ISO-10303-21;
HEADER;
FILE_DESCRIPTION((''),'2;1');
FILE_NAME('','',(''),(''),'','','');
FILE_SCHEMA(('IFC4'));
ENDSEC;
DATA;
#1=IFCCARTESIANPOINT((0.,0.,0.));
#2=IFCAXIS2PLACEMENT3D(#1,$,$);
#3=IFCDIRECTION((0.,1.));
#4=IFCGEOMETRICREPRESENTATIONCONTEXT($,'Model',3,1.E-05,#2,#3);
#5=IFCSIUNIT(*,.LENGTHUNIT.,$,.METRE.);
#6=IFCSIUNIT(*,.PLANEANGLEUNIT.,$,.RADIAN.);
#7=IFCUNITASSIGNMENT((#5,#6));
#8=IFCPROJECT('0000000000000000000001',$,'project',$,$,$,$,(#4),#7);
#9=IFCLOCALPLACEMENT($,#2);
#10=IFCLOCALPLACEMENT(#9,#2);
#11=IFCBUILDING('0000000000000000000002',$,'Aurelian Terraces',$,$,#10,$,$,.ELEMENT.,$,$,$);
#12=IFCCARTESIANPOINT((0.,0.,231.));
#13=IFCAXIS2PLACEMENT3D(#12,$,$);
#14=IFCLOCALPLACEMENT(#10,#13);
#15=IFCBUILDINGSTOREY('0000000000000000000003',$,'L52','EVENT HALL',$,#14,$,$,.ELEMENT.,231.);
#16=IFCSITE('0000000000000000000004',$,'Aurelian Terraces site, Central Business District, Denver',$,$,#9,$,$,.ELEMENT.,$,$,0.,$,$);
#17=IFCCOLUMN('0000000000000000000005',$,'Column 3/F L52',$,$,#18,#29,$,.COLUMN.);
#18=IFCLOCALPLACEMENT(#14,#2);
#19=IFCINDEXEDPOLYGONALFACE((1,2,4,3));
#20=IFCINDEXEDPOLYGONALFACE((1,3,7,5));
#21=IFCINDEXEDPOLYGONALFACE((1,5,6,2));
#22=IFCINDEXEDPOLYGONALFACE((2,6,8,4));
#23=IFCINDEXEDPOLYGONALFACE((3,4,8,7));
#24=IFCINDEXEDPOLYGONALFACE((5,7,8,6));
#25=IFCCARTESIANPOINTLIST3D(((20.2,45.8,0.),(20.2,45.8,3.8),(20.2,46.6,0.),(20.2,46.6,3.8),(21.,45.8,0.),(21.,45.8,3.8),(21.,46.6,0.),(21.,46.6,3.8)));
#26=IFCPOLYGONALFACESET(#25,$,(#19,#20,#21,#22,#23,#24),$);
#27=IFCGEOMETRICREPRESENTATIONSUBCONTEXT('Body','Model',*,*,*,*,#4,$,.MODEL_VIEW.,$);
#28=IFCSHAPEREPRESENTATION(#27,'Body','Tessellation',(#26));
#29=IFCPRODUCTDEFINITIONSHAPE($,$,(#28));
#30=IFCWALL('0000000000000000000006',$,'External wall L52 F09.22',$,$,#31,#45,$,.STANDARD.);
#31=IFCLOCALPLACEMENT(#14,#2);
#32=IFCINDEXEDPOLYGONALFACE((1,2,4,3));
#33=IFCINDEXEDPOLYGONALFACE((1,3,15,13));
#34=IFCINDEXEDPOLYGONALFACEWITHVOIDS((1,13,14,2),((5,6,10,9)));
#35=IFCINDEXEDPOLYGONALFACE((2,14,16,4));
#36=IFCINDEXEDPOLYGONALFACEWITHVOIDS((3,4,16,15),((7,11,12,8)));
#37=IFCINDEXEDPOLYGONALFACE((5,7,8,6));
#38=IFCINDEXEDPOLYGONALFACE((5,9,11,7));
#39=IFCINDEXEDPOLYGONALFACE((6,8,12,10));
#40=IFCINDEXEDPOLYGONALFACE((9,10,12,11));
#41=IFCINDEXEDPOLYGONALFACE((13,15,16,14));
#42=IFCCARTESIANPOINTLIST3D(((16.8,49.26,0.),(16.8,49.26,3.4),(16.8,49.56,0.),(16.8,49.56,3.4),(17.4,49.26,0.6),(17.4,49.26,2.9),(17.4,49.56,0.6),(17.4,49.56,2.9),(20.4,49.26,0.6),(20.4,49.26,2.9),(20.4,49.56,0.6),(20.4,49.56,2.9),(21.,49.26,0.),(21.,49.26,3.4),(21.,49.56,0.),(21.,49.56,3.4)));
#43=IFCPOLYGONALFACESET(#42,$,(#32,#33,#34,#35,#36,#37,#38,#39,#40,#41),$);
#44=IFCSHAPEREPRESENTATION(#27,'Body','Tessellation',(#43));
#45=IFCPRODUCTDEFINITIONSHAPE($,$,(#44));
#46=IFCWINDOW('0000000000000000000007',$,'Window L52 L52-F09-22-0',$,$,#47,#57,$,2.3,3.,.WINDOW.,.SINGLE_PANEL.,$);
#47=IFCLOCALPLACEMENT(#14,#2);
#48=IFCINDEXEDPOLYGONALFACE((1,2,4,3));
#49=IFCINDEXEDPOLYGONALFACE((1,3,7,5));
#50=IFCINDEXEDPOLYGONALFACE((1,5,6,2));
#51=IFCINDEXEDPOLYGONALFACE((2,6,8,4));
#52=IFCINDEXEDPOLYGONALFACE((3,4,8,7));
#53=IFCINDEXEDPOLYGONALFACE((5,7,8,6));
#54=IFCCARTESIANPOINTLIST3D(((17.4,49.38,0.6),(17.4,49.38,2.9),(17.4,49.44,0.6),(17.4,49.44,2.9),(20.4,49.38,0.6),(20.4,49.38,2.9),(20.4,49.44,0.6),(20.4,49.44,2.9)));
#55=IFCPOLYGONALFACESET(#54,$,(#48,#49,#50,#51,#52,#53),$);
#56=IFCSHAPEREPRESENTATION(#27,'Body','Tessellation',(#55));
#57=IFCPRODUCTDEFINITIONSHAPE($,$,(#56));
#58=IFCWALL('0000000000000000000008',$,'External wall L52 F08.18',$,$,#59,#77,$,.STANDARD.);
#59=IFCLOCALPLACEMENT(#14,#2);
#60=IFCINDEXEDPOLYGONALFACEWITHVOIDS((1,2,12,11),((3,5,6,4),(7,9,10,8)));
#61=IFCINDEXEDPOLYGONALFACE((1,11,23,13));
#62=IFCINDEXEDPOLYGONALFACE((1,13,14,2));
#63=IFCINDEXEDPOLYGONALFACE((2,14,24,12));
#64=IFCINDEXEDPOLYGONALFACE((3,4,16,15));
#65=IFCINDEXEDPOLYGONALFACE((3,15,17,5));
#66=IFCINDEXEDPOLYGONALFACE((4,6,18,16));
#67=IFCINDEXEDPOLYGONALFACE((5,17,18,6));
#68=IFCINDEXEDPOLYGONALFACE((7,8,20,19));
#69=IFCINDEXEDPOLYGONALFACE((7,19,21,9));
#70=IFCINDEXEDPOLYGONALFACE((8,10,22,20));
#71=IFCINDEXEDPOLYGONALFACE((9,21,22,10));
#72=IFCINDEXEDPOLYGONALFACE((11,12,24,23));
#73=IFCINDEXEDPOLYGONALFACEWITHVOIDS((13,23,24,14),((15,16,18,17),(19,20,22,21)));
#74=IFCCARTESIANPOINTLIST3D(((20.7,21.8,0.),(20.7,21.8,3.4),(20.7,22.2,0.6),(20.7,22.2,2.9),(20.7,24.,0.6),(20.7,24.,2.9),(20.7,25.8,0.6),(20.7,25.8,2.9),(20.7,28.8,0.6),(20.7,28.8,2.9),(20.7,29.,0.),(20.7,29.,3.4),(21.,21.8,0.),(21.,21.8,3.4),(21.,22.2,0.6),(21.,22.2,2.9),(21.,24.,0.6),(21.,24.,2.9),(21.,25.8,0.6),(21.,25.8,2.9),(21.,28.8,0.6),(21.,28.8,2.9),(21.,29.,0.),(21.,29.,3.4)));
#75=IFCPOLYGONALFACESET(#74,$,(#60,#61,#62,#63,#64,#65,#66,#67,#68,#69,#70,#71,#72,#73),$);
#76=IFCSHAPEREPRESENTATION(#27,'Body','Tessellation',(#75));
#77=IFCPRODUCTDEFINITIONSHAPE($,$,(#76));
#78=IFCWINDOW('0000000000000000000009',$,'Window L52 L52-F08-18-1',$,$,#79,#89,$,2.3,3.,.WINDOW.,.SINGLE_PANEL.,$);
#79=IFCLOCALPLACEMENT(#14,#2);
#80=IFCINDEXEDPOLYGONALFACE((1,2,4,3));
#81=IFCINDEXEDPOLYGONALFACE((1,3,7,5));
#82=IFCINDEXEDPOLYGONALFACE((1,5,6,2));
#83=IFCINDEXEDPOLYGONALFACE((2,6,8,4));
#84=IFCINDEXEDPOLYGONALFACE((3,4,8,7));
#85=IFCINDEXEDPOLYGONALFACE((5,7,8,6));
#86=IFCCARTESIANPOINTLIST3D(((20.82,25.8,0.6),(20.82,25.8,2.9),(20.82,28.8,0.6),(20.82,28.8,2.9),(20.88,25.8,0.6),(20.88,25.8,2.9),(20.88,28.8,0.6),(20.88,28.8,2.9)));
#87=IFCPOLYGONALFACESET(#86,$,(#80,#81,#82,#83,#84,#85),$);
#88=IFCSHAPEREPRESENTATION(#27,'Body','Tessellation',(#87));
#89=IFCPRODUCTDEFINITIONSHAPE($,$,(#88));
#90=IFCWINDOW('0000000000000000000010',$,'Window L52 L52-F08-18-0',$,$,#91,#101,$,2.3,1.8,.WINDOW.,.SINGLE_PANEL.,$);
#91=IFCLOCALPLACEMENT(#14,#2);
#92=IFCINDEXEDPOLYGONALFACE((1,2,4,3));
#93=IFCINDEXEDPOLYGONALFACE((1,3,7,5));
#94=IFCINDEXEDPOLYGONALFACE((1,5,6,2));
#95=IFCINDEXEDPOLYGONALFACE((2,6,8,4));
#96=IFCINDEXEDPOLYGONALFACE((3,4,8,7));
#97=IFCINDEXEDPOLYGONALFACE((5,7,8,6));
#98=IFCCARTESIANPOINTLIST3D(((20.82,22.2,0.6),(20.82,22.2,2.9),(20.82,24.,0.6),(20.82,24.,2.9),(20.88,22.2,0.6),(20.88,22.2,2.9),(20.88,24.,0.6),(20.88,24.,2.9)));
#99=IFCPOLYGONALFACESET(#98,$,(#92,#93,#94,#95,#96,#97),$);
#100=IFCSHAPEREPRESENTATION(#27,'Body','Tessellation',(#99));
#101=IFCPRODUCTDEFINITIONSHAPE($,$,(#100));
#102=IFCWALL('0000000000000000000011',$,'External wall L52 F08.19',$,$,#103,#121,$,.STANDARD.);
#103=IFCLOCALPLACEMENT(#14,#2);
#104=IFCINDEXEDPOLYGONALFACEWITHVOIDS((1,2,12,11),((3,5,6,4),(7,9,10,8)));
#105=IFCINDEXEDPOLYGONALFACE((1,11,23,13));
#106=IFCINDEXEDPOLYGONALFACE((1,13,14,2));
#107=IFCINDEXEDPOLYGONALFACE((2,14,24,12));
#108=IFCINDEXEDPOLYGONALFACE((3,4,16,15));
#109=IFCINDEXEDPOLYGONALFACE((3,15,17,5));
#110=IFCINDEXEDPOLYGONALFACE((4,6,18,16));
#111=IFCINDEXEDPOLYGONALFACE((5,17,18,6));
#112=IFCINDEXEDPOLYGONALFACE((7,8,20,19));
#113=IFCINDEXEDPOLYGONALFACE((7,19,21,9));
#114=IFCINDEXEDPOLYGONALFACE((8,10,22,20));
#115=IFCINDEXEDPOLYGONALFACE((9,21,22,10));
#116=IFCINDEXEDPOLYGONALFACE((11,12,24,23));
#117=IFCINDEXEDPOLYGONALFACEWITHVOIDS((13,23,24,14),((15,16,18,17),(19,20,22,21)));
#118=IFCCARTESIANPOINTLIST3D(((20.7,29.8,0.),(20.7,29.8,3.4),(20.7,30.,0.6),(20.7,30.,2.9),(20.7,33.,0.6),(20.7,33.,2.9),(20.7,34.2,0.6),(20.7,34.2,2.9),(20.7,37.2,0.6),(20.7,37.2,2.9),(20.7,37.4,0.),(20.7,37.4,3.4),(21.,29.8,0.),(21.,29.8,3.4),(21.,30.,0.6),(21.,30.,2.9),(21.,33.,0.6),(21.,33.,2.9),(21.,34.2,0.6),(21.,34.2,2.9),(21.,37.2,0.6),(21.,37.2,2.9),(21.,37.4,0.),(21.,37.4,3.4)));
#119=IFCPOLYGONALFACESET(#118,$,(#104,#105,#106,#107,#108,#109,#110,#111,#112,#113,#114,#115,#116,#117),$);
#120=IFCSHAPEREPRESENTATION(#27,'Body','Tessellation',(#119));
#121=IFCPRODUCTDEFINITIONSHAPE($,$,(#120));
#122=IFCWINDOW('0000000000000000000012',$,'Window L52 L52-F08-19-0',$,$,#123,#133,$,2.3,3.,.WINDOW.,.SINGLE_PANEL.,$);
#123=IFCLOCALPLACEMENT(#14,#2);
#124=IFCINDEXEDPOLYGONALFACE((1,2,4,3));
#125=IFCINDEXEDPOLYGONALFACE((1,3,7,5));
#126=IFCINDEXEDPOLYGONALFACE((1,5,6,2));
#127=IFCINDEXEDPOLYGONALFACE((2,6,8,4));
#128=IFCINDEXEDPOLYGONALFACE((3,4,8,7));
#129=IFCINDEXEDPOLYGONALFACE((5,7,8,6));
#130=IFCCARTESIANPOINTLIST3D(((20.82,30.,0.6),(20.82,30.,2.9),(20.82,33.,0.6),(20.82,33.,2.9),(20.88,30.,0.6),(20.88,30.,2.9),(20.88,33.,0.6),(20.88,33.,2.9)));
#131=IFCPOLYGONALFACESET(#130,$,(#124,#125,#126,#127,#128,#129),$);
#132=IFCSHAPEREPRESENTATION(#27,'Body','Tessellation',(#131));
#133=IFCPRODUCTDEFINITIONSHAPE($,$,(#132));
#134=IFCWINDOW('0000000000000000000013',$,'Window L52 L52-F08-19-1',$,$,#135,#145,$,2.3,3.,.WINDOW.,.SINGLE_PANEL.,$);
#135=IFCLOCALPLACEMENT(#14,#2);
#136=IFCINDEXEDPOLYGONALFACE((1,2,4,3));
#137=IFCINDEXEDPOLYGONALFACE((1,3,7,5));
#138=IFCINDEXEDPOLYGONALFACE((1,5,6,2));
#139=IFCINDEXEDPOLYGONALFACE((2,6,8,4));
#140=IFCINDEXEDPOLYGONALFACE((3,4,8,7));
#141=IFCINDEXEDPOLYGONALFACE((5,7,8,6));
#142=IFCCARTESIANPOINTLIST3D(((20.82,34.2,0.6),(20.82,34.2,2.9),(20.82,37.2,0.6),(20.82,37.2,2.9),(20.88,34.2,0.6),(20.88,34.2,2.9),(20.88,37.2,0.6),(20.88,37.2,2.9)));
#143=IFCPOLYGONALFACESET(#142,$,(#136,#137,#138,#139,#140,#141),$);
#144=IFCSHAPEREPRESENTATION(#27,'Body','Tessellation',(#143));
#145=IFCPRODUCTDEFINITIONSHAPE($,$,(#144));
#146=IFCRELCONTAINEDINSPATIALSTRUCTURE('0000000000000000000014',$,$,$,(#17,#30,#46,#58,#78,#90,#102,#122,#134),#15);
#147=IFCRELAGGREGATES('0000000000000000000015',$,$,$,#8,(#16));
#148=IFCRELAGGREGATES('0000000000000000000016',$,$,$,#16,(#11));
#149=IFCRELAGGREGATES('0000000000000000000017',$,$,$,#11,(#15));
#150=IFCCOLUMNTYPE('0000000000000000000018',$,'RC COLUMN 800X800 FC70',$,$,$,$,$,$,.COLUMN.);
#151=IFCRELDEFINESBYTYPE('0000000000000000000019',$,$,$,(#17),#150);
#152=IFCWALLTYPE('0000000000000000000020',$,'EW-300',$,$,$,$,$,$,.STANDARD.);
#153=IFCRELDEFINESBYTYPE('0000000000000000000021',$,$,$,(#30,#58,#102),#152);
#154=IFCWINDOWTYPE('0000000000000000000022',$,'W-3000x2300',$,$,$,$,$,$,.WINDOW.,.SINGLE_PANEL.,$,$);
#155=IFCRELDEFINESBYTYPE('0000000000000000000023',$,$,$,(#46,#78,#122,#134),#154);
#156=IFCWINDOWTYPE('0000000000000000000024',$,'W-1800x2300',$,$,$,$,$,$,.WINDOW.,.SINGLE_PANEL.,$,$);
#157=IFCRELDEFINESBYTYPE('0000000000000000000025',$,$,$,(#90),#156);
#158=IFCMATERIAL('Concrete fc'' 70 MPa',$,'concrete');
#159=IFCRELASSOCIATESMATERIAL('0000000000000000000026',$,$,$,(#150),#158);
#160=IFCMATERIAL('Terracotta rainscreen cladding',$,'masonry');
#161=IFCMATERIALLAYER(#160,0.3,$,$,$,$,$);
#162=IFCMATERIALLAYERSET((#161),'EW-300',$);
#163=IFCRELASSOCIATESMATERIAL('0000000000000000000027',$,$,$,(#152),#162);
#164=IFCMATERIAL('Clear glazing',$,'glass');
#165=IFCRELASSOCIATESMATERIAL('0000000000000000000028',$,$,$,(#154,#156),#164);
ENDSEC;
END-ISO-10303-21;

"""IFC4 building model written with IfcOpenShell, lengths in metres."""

from ifc_helpers import new_model, si_unit, direction, frame, frame_2d, origin, origin_2d, place, context, subcontext, project, spatial, rectangle, extrude, source, transform, mapped, material, layer, layer_set, material_profile, profile_set, type_object, element, fill, save


model = new_model("IFC4")

# Units and contexts
model_context = context("Model", 3, precision=1e-05, world=origin(), true_north=direction((0.0, 1.0)))
body_context = subcontext(model_context, "Body", "Model", "MODEL_VIEW")
ifc_project = project(units=[si_unit("LENGTHUNIT", "METRE"), si_unit("PLANEANGLEUNIT", "RADIAN")], contexts=[model_context])

# Site, building, storey
site_placement = place(None, origin())
site = spatial("IfcSite", under=ifc_project, at=site_placement, Name="Aurelian Terraces site, Central Business District, Denver", CompositionType="ELEMENT", RefElevation=0.0)
building_placement = place(site_placement, origin())
building = spatial("IfcBuilding", under=site, at=building_placement, Name="Aurelian Terraces", CompositionType="ELEMENT")
storey_placement = place(building_placement, frame((0.0, 0.0, 231.0)))
storey = spatial("IfcBuildingStorey", under=building, at=storey_placement, Name="L52", Description="EVENT HALL", CompositionType="ELEMENT", Elevation=231.0)

# Column
ifc_material_1 = material(Name="Concrete fc' 70 MPa", Category="concrete")
ifc_material_profile = material_profile(ifc_material_1, rectangle(XDim=0.8, YDim=0.8, at=origin_2d()))
ifc_profile_set = profile_set([ifc_material_profile], Name="Concrete fc' 70 MPa")
column_type = type_object("IfcColumnType", Name="RC COLUMN 800X800 FC70", PredefinedType="COLUMN", material=ifc_profile_set)
shared_shape_1 = source(origin(), body_context, "Body", "SweptSolid", [
    extrude(rectangle(XDim=0.8, YDim=0.8, at=origin_2d()), origin(), (0.0, 0.0, 1.0), 3.8),
])
column_placement = place(storey_placement, frame((20.6, 46.2, 0.0), z_axis=(0.0, 0.0, 1.0), x_axis=(1.0, 0.0, 0.0)))
element("IfcColumn", 1, at=column_placement, inside=storey, type_object=column_type, Name="Column 3/F L52", PredefinedType="COLUMN", context=body_context, shape_type="MappedRepresentation", body=[
    mapped(shared_shape_1, transform((0.0, 0.0, 0.0), scale=1.0)),
])

# Wall, opening, window
ifc_material_2 = material(Name="Terracotta rainscreen cladding", Category="masonry")
ifc_layer_1 = layer(ifc_material_2, 0.3)
ifc_layer_set_1 = layer_set([ifc_layer_1], Name="EW-300")
wall_type_1 = type_object("IfcWallType", Name="EW-300", PredefinedType="STANDARD", material=ifc_layer_set_1)
shared_shape_2 = source(origin(), body_context, "Body", "SweptSolid", [
    extrude(rectangle(XDim=4.2, YDim=0.3, at=frame_2d((2.1, 0.0))), origin(), (0.0, 0.0, 1.0), 3.4),
])
wall_1_placement = place(storey_placement, frame((21.0, 49.41, 0.0), z_axis=(0.0, 0.0, 1.0), x_axis=(-1.0, 0.0, 0.0)))
wall_1 = element("IfcWall", 2, at=wall_1_placement, inside=storey, type_object=wall_type_1, Name="External wall L52 F09.22", PredefinedType="STANDARD", context=body_context, shape_type="MappedRepresentation", body=[
    mapped(shared_shape_2, transform((0.0, 0.0, 0.0), scale=1.0)),
])
shared_shape_3 = source(origin(), body_context, "Body", "SweptSolid", [
    extrude(rectangle(XDim=3.0, YDim=2.3, at=frame_2d((1.5, 1.15))), frame((0.0, 0.16, 0.0), z_axis=(0.0, -1.0, 0.0), x_axis=(1.0, 0.0, 0.0)), (0.0, 0.0, 1.0), 0.32),
])
opening_1_placement = place(wall_1_placement, frame((0.6, 0.0, 0.6)))
opening_1 = element("IfcOpeningElement", 3, at=opening_1_placement, cuts=wall_1, PredefinedType="OPENING", context=body_context, shape_type="MappedRepresentation", body=[
    mapped(shared_shape_3, transform((0.0, 0.0, 0.0), scale=1.0)),
])
ifc_material_3 = material(Name="Clear glazing", Category="glass")
window_type_1 = type_object("IfcWindowType", Name="W-3000x2300", PartitioningType="SINGLE_PANEL", PredefinedType="WINDOW", material=ifc_material_3)
shared_shape_4 = source(origin(), body_context, "Body", "SweptSolid", [
    extrude(rectangle(XDim=3.0, YDim=2.3, at=frame_2d((1.5, 1.15))), frame((0.0, 0.03, 0.0), z_axis=(0.0, -1.0, 0.0), x_axis=(1.0, 0.0, 0.0)), (0.0, 0.0, 1.0), 0.06),
])
window_1_placement = place(opening_1_placement, origin())
window_1 = element("IfcWindow", 4, at=window_1_placement, inside=storey, type_object=window_type_1, Name="Window L52 L52-F09-22-0", OverallHeight=2.3, OverallWidth=3.0, PartitioningType="SINGLE_PANEL", PredefinedType="WINDOW", context=body_context, shape_type="MappedRepresentation", body=[
    mapped(shared_shape_4, transform((0.0, 0.0, 0.0), scale=1.0)),
])
fill(opening_1, window_1)

# Walls, openings, windows
shared_shape_5 = source(origin(), body_context, "Body", "SweptSolid", [
    extrude(rectangle(XDim=7.2, YDim=0.3, at=frame_2d((3.6, 0.0))), origin(), (0.0, 0.0, 1.0), 3.4),
])
wall_2_placement = place(storey_placement, frame((20.85, 21.8, 0.0), z_axis=(0.0, 0.0, 1.0), x_axis=(0.0, 1.0, 0.0)))
wall_2 = element("IfcWall", 5, at=wall_2_placement, inside=storey, type_object=wall_type_1, Name="External wall L52 F08.18", PredefinedType="STANDARD", context=body_context, shape_type="MappedRepresentation", body=[
    mapped(shared_shape_5, transform((0.0, 0.0, 0.0), scale=1.0)),
])
shared_shape_6 = source(origin(), body_context, "Body", "SweptSolid", [
    extrude(rectangle(XDim=1.8, YDim=2.3, at=frame_2d((0.9, 1.15))), frame((0.0, 0.16, 0.0), z_axis=(0.0, -1.0, 0.0), x_axis=(1.0, 0.0, 0.0)), (0.0, 0.0, 1.0), 0.32),
])
opening_2_placement = place(wall_2_placement, frame((0.4, 0.0, 0.6)))
opening_2 = element("IfcOpeningElement", 6, at=opening_2_placement, cuts=wall_2, PredefinedType="OPENING", context=body_context, shape_type="MappedRepresentation", body=[
    mapped(shared_shape_6, transform((0.0, 0.0, 0.0), scale=1.0)),
])
opening_3_placement = place(wall_2_placement, frame((4.0, 0.0, 0.6)))
opening_3 = element("IfcOpeningElement", 7, at=opening_3_placement, cuts=wall_2, PredefinedType="OPENING", context=body_context, shape_type="MappedRepresentation", body=[
    mapped(shared_shape_3, transform((0.0, 0.0, 0.0), scale=1.0)),
])
window_2_placement = place(opening_3_placement, origin())
window_2 = element("IfcWindow", 8, at=window_2_placement, inside=storey, type_object=window_type_1, Name="Window L52 L52-F08-18-1", OverallHeight=2.3, OverallWidth=3.0, PartitioningType="SINGLE_PANEL", PredefinedType="WINDOW", context=body_context, shape_type="MappedRepresentation", body=[
    mapped(shared_shape_4, transform((0.0, 0.0, 0.0), scale=1.0)),
])
fill(opening_3, window_2)
window_type_2 = type_object("IfcWindowType", Name="W-1800x2300", PartitioningType="SINGLE_PANEL", PredefinedType="WINDOW", material=ifc_material_3)
shared_shape_7 = source(origin(), body_context, "Body", "SweptSolid", [
    extrude(rectangle(XDim=1.8, YDim=2.3, at=frame_2d((0.9, 1.15))), frame((0.0, 0.03, 0.0), z_axis=(0.0, -1.0, 0.0), x_axis=(1.0, 0.0, 0.0)), (0.0, 0.0, 1.0), 0.06),
])
window_3_placement = place(opening_2_placement, origin())
window_3 = element("IfcWindow", 9, at=window_3_placement, inside=storey, type_object=window_type_2, Name="Window L52 L52-F08-18-0", OverallHeight=2.3, OverallWidth=1.8, PartitioningType="SINGLE_PANEL", PredefinedType="WINDOW", context=body_context, shape_type="MappedRepresentation", body=[
    mapped(shared_shape_7, transform((0.0, 0.0, 0.0), scale=1.0)),
])
fill(opening_2, window_3)
shared_shape_8 = source(origin(), body_context, "Body", "SweptSolid", [
    extrude(rectangle(XDim=7.6, YDim=0.3, at=frame_2d((3.8, 0.0))), origin(), (0.0, 0.0, 1.0), 3.4),
])
wall_3_placement = place(storey_placement, frame((20.85, 29.8, 0.0), z_axis=(0.0, 0.0, 1.0), x_axis=(0.0, 1.0, 0.0)))
wall_3 = element("IfcWall", 10, at=wall_3_placement, inside=storey, type_object=wall_type_1, Name="External wall L52 F08.19", PredefinedType="STANDARD", context=body_context, shape_type="MappedRepresentation", body=[
    mapped(shared_shape_8, transform((0.0, 0.0, 0.0), scale=1.0)),
])
opening_4_placement = place(wall_3_placement, frame((0.2, 0.0, 0.6)))
opening_4 = element("IfcOpeningElement", 11, at=opening_4_placement, cuts=wall_3, PredefinedType="OPENING", context=body_context, shape_type="MappedRepresentation", body=[
    mapped(shared_shape_3, transform((0.0, 0.0, 0.0), scale=1.0)),
])
opening_5_placement = place(wall_3_placement, frame((4.4, 0.0, 0.6)))
opening_5 = element("IfcOpeningElement", 12, at=opening_5_placement, cuts=wall_3, PredefinedType="OPENING", context=body_context, shape_type="MappedRepresentation", body=[
    mapped(shared_shape_3, transform((0.0, 0.0, 0.0), scale=1.0)),
])
window_4_placement = place(opening_4_placement, origin())
window_4 = element("IfcWindow", 13, at=window_4_placement, inside=storey, type_object=window_type_1, Name="Window L52 L52-F08-19-0", OverallHeight=2.3, OverallWidth=3.0, PartitioningType="SINGLE_PANEL", PredefinedType="WINDOW", context=body_context, shape_type="MappedRepresentation", body=[
    mapped(shared_shape_4, transform((0.0, 0.0, 0.0), scale=1.0)),
])
fill(opening_4, window_4)
window_5_placement = place(opening_5_placement, origin())
window_5 = element("IfcWindow", 14, at=window_5_placement, inside=storey, type_object=window_type_1, Name="Window L52 L52-F08-19-1", OverallHeight=2.3, OverallWidth=3.0, PartitioningType="SINGLE_PANEL", PredefinedType="WINDOW", context=body_context, shape_type="MappedRepresentation", body=[
    mapped(shared_shape_4, transform((0.0, 0.0, 0.0), scale=1.0)),
])
fill(opening_5, window_5)

save(model, "model.ifc")
